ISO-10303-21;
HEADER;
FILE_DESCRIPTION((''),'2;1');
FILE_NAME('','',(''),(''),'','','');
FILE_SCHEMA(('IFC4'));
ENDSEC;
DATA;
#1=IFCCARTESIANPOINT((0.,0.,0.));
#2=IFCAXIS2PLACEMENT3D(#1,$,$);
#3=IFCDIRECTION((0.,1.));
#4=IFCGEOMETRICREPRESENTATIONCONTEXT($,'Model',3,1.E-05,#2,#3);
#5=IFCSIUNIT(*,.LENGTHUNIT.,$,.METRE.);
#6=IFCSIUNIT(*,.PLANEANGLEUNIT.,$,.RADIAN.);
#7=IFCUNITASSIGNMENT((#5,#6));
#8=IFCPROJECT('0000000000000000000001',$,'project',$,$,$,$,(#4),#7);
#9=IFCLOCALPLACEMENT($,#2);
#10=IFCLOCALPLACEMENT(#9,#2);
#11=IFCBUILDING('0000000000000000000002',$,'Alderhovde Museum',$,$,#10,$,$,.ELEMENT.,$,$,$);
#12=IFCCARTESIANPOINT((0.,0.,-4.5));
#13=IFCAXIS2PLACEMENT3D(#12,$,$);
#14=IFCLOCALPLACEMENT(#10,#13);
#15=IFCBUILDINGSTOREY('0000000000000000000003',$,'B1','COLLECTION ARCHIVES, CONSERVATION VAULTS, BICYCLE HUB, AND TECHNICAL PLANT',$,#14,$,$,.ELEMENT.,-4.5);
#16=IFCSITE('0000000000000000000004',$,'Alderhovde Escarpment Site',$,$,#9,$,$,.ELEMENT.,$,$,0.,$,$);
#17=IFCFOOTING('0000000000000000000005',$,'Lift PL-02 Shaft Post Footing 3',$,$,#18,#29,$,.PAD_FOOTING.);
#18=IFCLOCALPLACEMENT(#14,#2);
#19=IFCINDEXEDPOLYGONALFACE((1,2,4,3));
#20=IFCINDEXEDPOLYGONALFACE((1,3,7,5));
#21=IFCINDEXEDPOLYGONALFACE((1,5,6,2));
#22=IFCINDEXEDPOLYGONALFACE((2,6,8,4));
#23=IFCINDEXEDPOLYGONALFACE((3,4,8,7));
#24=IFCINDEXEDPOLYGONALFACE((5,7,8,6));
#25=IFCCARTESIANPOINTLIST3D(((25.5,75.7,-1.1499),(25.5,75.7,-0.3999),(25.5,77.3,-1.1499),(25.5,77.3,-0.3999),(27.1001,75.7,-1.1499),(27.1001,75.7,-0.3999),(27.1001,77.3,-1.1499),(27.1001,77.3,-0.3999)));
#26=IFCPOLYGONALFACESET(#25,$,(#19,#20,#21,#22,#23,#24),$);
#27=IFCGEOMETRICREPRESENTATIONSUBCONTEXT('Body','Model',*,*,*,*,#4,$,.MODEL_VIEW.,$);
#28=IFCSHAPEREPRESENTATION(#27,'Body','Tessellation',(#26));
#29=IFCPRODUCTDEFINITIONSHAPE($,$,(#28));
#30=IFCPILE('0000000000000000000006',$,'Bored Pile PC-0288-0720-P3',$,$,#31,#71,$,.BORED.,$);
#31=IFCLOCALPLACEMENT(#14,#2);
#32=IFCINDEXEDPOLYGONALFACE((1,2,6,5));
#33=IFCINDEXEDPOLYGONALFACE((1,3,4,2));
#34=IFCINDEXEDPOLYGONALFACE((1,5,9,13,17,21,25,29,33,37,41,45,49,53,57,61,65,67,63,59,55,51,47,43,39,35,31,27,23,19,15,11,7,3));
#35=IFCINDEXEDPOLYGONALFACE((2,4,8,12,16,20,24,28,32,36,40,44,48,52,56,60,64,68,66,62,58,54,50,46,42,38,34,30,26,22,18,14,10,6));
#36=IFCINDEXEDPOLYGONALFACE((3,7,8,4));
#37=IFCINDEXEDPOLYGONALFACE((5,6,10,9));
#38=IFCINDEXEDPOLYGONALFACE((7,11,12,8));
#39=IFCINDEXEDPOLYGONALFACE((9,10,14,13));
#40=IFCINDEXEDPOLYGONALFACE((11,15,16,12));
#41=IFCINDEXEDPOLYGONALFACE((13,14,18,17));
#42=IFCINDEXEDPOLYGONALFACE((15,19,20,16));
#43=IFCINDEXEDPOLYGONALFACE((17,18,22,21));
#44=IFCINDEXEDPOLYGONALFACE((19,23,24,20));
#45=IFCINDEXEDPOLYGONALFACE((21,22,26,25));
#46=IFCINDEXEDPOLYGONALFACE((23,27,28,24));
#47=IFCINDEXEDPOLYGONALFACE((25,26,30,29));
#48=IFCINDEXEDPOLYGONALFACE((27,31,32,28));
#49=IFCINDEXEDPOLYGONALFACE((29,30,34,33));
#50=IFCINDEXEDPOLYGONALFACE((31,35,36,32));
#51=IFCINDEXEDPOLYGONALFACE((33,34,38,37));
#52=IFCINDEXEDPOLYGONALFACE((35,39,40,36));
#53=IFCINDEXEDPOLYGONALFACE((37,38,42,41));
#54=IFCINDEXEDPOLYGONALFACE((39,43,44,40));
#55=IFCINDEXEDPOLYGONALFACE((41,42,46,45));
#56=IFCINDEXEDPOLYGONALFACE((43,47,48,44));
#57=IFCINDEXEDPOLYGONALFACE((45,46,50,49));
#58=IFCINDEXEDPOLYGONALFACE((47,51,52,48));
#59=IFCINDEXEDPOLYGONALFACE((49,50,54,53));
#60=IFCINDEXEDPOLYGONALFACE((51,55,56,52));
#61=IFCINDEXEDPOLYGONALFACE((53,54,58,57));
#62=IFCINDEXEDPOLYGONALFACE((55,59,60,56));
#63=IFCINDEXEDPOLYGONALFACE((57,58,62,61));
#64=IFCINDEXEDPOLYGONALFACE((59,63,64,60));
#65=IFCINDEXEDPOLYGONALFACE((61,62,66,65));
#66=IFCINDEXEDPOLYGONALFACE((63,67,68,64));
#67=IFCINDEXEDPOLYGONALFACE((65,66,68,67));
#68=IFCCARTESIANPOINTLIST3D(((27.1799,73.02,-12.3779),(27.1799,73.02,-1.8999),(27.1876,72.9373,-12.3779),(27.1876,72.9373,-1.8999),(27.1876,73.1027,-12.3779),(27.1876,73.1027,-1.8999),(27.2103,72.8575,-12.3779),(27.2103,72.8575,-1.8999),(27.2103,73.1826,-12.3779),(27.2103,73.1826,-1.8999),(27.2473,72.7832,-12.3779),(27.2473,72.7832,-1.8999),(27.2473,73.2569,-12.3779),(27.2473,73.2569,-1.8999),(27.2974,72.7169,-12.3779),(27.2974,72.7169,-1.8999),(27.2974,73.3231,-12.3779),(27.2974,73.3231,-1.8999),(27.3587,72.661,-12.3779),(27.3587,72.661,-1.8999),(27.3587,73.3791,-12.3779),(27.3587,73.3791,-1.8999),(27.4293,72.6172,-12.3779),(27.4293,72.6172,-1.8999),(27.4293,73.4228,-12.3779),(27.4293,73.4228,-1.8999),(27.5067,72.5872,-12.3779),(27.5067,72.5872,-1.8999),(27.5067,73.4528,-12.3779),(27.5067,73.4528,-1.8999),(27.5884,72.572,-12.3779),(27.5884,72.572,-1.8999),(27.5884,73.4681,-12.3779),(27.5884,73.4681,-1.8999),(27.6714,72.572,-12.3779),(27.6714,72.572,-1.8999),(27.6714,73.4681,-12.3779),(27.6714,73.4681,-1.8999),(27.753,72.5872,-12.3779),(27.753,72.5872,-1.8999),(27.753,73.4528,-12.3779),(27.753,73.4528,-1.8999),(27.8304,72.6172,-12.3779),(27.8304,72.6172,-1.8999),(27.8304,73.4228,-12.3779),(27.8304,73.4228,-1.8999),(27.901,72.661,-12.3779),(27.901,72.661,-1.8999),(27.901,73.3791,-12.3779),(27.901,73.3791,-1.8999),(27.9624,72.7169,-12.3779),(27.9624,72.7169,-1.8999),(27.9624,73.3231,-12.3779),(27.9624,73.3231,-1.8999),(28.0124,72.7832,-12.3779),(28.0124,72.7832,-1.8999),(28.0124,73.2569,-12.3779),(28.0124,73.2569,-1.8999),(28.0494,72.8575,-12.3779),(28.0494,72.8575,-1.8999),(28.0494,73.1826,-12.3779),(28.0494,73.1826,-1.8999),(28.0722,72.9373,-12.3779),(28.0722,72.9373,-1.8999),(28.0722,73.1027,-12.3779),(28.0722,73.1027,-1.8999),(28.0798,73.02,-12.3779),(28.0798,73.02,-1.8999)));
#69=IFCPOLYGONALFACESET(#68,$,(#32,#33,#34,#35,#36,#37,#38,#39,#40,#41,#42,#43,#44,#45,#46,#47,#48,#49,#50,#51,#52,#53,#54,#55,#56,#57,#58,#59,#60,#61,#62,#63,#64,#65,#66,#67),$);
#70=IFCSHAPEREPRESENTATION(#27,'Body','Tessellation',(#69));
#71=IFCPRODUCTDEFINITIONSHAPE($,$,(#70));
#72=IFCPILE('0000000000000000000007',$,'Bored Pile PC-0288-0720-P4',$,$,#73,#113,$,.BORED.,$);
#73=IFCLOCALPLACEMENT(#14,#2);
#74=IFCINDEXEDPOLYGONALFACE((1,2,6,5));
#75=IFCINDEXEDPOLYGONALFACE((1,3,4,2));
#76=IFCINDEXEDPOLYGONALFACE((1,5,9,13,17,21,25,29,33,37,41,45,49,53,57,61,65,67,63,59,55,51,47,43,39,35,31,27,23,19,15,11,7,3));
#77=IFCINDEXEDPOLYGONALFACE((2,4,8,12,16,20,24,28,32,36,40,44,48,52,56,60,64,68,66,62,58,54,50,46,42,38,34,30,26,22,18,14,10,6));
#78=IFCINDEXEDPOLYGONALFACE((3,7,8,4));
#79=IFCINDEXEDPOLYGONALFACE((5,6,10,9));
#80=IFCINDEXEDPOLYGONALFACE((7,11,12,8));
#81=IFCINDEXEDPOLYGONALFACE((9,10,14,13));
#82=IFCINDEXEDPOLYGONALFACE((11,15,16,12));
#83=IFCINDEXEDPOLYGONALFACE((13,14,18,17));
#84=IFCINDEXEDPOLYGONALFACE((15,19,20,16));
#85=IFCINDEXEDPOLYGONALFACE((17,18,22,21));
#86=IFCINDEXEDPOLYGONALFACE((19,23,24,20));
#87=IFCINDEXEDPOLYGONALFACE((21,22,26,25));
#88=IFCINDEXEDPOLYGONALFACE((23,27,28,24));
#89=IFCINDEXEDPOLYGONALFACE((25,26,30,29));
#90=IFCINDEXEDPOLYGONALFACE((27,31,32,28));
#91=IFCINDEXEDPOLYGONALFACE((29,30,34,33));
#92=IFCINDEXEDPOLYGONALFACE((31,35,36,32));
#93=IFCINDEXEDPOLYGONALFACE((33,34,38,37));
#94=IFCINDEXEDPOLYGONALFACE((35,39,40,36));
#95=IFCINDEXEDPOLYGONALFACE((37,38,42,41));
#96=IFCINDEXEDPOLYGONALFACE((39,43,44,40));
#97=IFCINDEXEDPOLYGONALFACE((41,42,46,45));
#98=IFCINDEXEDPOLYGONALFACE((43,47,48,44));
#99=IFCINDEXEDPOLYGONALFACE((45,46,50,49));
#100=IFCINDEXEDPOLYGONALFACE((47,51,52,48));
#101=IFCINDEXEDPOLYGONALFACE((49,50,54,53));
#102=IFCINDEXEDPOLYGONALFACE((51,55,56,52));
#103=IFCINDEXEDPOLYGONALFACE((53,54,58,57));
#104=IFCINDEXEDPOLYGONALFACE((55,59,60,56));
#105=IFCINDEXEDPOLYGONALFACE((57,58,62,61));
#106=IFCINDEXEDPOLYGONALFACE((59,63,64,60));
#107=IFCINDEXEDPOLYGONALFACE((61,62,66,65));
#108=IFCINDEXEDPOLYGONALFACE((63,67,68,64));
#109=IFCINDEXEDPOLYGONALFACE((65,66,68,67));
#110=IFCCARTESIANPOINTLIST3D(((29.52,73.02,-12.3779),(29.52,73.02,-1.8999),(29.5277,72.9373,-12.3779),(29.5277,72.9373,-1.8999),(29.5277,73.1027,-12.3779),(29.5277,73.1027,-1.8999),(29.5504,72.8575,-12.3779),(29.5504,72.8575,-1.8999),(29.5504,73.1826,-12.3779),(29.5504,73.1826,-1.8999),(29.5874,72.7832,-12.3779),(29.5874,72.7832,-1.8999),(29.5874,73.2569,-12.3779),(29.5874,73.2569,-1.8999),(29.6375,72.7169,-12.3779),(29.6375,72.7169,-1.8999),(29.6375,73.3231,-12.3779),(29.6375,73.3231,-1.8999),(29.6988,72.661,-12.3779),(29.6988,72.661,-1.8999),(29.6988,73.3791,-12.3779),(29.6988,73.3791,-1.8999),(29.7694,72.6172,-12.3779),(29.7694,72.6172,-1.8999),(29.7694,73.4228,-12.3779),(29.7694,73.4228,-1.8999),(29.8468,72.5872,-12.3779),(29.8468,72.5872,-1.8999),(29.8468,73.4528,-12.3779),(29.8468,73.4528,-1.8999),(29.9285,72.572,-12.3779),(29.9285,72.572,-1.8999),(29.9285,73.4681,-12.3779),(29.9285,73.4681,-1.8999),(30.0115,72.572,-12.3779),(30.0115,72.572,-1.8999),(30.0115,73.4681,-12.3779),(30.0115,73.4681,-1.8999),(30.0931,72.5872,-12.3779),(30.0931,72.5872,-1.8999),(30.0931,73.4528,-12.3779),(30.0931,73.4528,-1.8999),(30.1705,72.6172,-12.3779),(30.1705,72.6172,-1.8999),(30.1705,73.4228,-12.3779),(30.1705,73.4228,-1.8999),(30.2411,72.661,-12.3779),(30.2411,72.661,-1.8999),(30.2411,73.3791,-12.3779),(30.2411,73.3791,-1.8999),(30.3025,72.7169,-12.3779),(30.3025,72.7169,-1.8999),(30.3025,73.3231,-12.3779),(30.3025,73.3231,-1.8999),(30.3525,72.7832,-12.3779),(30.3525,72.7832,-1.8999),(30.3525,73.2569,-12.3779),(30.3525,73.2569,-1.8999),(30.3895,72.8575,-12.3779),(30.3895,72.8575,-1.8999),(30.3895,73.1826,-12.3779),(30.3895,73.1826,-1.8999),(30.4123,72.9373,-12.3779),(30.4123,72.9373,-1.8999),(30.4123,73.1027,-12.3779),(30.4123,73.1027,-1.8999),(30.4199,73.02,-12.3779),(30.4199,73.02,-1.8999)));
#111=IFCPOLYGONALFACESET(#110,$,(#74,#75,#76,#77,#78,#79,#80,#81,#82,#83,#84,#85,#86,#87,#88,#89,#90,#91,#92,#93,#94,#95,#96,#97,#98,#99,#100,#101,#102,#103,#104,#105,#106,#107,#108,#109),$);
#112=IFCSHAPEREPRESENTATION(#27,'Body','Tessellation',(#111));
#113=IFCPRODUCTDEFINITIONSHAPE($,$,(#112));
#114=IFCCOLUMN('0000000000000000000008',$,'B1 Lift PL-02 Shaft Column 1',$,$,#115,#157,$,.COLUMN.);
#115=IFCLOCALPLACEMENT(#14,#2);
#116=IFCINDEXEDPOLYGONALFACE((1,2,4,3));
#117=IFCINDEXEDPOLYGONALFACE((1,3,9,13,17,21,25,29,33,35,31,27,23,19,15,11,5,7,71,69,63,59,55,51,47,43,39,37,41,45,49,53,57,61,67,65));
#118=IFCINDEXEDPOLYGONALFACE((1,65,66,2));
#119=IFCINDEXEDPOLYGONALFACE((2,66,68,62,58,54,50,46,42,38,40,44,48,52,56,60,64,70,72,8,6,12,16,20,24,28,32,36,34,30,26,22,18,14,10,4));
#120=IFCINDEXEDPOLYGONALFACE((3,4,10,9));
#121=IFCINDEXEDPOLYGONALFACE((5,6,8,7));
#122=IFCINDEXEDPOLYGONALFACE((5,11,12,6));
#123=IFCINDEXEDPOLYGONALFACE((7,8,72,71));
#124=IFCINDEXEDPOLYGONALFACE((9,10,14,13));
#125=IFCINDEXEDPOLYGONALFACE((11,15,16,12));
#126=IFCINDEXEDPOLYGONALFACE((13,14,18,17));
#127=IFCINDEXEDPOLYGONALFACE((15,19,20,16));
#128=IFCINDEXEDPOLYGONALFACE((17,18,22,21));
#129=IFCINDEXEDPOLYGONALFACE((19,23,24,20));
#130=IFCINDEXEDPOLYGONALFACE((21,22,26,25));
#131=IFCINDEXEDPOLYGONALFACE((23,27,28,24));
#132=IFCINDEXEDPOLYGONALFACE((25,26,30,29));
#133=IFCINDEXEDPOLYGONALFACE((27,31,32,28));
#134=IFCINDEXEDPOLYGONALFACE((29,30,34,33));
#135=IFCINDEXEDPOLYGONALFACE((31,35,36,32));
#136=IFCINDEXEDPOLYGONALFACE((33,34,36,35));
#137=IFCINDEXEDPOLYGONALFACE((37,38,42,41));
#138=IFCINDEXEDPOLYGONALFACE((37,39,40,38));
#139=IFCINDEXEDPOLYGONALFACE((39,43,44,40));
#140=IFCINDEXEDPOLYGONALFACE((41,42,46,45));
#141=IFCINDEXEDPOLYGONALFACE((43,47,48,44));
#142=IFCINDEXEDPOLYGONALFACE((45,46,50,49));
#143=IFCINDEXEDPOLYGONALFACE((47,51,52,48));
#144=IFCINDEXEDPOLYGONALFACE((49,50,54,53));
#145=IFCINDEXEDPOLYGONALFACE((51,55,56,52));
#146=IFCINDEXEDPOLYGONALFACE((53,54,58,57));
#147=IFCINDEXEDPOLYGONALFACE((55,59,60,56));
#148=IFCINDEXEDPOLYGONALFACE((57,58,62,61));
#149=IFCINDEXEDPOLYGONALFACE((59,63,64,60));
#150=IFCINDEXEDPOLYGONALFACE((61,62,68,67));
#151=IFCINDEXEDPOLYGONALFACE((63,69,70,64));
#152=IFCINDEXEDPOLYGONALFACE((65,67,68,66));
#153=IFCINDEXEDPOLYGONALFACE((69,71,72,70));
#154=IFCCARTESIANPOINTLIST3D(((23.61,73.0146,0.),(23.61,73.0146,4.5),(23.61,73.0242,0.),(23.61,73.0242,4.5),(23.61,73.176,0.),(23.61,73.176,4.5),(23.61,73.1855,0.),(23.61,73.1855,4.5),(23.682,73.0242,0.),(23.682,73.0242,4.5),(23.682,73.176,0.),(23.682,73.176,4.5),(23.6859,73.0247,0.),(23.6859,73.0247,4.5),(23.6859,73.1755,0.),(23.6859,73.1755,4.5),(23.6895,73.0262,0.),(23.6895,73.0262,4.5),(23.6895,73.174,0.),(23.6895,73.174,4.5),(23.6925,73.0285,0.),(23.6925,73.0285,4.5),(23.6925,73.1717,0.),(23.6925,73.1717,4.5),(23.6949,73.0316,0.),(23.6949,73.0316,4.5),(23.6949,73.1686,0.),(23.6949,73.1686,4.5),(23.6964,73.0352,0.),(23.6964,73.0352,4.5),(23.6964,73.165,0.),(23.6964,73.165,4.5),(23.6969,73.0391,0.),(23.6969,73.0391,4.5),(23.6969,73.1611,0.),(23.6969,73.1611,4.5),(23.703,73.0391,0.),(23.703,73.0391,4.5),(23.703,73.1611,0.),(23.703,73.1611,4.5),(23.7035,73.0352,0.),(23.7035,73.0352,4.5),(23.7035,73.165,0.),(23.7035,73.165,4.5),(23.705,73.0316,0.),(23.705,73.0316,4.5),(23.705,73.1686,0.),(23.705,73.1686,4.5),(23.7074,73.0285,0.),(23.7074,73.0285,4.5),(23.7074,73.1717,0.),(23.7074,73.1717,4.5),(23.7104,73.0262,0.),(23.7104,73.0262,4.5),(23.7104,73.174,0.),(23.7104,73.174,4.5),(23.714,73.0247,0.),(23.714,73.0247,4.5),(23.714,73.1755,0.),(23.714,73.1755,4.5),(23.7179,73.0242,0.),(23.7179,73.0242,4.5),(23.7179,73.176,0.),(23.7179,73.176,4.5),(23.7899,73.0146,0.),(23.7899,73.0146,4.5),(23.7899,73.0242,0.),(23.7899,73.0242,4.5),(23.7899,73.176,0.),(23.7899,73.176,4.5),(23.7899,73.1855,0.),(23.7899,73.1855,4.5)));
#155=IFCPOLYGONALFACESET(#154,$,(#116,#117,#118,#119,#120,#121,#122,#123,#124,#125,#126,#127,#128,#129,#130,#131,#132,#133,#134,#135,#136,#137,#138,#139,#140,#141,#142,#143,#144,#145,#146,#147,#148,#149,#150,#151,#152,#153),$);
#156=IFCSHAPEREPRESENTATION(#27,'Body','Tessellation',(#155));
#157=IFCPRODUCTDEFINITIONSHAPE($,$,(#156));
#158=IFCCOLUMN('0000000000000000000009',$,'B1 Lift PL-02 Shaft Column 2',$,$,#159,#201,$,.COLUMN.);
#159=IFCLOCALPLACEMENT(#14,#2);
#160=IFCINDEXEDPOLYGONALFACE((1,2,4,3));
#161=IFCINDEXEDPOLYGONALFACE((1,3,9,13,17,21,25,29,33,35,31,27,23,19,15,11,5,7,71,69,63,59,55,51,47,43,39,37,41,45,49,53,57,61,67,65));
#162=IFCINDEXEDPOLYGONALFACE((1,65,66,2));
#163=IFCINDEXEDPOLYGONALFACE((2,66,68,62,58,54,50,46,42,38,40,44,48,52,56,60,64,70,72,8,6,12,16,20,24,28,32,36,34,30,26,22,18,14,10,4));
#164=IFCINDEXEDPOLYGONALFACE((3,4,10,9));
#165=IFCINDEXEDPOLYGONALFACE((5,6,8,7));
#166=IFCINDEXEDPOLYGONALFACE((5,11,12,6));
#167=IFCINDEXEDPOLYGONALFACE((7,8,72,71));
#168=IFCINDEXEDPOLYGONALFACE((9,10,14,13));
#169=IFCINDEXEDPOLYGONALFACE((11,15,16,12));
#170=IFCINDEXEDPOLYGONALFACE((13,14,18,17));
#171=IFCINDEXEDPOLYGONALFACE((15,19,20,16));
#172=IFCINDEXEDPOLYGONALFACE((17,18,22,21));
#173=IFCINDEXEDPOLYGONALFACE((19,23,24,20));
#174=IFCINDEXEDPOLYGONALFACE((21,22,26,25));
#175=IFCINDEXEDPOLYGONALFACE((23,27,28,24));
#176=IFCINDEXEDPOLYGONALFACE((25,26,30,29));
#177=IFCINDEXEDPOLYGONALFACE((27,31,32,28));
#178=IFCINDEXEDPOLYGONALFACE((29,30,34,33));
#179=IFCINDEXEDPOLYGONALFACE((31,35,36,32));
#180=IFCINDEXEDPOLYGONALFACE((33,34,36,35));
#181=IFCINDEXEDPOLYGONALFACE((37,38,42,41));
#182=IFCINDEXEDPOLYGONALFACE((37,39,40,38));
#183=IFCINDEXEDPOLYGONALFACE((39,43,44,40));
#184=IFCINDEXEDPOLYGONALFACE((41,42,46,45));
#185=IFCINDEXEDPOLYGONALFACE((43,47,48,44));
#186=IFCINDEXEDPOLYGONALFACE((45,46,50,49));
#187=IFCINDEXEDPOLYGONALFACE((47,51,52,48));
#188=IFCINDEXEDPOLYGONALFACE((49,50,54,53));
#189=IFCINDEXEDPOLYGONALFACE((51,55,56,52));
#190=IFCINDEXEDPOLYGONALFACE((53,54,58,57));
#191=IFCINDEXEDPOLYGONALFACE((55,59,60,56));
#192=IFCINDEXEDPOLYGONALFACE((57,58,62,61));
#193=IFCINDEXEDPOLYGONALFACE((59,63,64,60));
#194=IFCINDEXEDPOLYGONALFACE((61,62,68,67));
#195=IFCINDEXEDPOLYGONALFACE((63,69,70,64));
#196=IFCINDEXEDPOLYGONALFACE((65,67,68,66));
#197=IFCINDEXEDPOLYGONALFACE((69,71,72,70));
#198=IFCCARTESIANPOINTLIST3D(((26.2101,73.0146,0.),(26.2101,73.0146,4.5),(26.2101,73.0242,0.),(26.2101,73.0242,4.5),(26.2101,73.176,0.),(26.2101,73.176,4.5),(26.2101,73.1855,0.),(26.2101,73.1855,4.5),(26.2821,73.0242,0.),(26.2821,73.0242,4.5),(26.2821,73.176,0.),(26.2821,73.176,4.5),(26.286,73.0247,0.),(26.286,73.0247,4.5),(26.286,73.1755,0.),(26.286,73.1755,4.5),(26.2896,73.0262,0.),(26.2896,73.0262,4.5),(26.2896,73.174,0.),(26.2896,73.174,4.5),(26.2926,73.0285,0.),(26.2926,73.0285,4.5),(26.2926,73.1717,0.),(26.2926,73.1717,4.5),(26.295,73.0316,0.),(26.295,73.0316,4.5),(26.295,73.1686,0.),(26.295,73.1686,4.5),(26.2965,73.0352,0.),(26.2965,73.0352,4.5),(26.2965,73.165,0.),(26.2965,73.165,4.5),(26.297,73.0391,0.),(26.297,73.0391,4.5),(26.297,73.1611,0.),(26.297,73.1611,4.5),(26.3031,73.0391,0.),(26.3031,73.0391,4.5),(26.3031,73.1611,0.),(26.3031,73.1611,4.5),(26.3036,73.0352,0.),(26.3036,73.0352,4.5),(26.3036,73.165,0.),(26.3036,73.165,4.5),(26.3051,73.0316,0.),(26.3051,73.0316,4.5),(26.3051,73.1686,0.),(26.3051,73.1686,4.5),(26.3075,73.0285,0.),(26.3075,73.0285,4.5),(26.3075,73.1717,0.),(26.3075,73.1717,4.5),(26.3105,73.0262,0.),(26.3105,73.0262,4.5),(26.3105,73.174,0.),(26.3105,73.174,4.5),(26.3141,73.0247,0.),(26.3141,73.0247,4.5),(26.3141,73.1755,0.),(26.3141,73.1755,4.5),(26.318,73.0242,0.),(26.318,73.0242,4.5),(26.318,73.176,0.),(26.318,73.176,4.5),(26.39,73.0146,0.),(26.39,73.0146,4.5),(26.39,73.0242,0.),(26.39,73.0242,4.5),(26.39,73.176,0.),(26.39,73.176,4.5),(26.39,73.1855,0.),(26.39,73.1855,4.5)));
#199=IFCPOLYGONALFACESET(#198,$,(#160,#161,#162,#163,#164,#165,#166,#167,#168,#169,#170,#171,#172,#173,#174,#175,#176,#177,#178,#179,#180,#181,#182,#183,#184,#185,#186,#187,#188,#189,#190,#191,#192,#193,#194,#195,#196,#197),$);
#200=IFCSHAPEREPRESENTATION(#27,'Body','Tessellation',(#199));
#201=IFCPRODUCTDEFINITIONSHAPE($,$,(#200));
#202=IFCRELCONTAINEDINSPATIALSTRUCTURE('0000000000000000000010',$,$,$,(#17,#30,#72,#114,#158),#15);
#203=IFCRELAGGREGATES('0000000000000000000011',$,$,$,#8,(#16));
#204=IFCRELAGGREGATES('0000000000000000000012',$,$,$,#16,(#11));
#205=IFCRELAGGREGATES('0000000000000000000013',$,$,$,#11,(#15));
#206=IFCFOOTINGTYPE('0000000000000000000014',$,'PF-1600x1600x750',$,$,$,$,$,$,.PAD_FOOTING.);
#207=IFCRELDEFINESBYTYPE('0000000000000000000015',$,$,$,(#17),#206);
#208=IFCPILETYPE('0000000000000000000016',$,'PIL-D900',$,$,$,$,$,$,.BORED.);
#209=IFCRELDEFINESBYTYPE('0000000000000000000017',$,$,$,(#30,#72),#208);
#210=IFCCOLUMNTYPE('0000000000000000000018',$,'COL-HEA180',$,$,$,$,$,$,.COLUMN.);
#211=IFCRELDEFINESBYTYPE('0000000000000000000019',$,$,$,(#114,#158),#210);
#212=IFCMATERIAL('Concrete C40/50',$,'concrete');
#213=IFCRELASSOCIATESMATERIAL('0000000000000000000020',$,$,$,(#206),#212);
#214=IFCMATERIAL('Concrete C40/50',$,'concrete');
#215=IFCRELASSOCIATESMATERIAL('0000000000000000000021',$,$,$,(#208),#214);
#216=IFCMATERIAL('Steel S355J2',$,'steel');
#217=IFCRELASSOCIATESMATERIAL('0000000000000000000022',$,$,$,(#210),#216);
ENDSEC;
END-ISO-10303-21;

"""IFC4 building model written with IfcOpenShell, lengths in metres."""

from ifc_helpers import new_model, si_unit, direction, frame, origin, origin_2d, place, context, subcontext, project, spatial, rectangle, circle, i_section, extrude, material, material_profile, profile_set, type_object, element, save


model = new_model("IFC4")

# Units and contexts
model_context = context("Model", 3, precision=1e-05, world=origin(), true_north=direction((0.0, 1.0)))
body_context = subcontext(model_context, "Body", "Model", "MODEL_VIEW")
ifc_project = project(units=[si_unit("LENGTHUNIT", "METRE"), si_unit("PLANEANGLEUNIT", "RADIAN")], contexts=[model_context])

# Site, building, storey
site_placement = place(None, origin())
site = spatial("IfcSite", under=ifc_project, at=site_placement, Name="Alderhovde Escarpment Site", CompositionType="ELEMENT", RefElevation=0.0)
building_placement = place(site_placement, origin())
building = spatial("IfcBuilding", under=site, at=building_placement, Name="Alderhovde Museum", CompositionType="ELEMENT")
storey_placement = place(building_placement, frame((0.0, 0.0, -4.5)))
storey = spatial("IfcBuildingStorey", under=building, at=storey_placement, Name="B1", Description="COLLECTION ARCHIVES, CONSERVATION VAULTS, BICYCLE HUB, AND TECHNICAL PLANT", CompositionType="ELEMENT", Elevation=-4.5)

# Footing
ifc_material_1 = material(Name="Concrete C40/50", Category="concrete")
footing_type = type_object("IfcFootingType", Name="PF-1600x1600x750", PredefinedType="PAD_FOOTING", material=ifc_material_1)
footing_placement = place(storey_placement, frame((26.3, 76.5, -1.1499), z_axis=(0.0, 0.0, 1.0), x_axis=(1.0, 0.0, 0.0)))
element("IfcFooting", 1, at=footing_placement, inside=storey, type_object=footing_type, Name="Lift PL-02 Shaft Post Footing 3", PredefinedType="PAD_FOOTING", context=body_context, shape_type="SweptSolid", body=[
    extrude(rectangle(XDim=1.6001, YDim=1.6001, at=origin_2d()), origin(), (0.0, 0.0, 1.0), 0.75),
])

# Piles
ifc_material_2 = material(Name="Concrete C40/50", Category="concrete")
ifc_material_profile_1 = material_profile(ifc_material_2, circle(Radius=0.45, at=origin_2d()), Name="PILE-D900")
ifc_profile_set_1 = profile_set([ifc_material_profile_1], Name="Concrete C40/50")
pile_type = type_object("IfcPileType", Name="PIL-D900", PredefinedType="BORED", material=ifc_profile_set_1)
for number, where, z_axis, x_axis, name in (
    (2, (27.6299, 73.02, -1.8999), (0.0, 0.0, -1.0), (1.0, 0.0, 0.0), "Bored Pile PC-0288-0720-P3"),
    (3, (29.97, 73.02, -1.8999), (0.0, 0.0, -1.0), (1.0, 0.0, 0.0), "Bored Pile PC-0288-0720-P4"),
):
    element("IfcPile", number, at=place(storey_placement, frame(where, z_axis=z_axis, x_axis=x_axis)), inside=storey, type_object=pile_type, Name=name, PredefinedType="BORED", context=body_context, shape_type="SweptSolid", body=[
        extrude(circle(Radius=0.45, at=origin_2d()), origin(), (0.0, 0.0, 1.0), 10.478),
    ])

# Columns
ifc_material_3 = material(Name="Steel S355J2", Category="steel")
ifc_material_profile_2 = material_profile(ifc_material_3, i_section(OverallWidth=0.1799, OverallDepth=0.1709, WebThickness=0.0061, FlangeThickness=0.0095, FilletRadius=0.0149, at=origin_2d()), Name="HEA 180")
ifc_profile_set_2 = profile_set([ifc_material_profile_2], Name="Steel S355J2")
column_type_1 = type_object("IfcColumnType", Name="COL-HEA180", PredefinedType="COLUMN", material=ifc_profile_set_2)
for number, where, z_axis, x_axis, name in (
    (4, (23.7, 73.1001, 0.0), (0.0, 0.0, 1.0), (1.0, 0.0, 0.0), "B1 Lift PL-02 Shaft Column 1"),
    (5, (26.3, 73.1001, 0.0), (0.0, 0.0, 1.0), (1.0, 0.0, 0.0), "B1 Lift PL-02 Shaft Column 2"),
):
    element("IfcColumn", number, at=place(storey_placement, frame(where, z_axis=z_axis, x_axis=x_axis)), inside=storey, type_object=column_type_1, Name=name, PredefinedType="COLUMN", context=body_context, shape_type="SweptSolid", body=[
        extrude(i_section(OverallWidth=0.1799, OverallDepth=0.1709, WebThickness=0.0061, FlangeThickness=0.0095, FilletRadius=0.0149, at=origin_2d()), origin(), (0.0, 0.0, 1.0), 4.5),
    ])

save(model, "model.ifc")
